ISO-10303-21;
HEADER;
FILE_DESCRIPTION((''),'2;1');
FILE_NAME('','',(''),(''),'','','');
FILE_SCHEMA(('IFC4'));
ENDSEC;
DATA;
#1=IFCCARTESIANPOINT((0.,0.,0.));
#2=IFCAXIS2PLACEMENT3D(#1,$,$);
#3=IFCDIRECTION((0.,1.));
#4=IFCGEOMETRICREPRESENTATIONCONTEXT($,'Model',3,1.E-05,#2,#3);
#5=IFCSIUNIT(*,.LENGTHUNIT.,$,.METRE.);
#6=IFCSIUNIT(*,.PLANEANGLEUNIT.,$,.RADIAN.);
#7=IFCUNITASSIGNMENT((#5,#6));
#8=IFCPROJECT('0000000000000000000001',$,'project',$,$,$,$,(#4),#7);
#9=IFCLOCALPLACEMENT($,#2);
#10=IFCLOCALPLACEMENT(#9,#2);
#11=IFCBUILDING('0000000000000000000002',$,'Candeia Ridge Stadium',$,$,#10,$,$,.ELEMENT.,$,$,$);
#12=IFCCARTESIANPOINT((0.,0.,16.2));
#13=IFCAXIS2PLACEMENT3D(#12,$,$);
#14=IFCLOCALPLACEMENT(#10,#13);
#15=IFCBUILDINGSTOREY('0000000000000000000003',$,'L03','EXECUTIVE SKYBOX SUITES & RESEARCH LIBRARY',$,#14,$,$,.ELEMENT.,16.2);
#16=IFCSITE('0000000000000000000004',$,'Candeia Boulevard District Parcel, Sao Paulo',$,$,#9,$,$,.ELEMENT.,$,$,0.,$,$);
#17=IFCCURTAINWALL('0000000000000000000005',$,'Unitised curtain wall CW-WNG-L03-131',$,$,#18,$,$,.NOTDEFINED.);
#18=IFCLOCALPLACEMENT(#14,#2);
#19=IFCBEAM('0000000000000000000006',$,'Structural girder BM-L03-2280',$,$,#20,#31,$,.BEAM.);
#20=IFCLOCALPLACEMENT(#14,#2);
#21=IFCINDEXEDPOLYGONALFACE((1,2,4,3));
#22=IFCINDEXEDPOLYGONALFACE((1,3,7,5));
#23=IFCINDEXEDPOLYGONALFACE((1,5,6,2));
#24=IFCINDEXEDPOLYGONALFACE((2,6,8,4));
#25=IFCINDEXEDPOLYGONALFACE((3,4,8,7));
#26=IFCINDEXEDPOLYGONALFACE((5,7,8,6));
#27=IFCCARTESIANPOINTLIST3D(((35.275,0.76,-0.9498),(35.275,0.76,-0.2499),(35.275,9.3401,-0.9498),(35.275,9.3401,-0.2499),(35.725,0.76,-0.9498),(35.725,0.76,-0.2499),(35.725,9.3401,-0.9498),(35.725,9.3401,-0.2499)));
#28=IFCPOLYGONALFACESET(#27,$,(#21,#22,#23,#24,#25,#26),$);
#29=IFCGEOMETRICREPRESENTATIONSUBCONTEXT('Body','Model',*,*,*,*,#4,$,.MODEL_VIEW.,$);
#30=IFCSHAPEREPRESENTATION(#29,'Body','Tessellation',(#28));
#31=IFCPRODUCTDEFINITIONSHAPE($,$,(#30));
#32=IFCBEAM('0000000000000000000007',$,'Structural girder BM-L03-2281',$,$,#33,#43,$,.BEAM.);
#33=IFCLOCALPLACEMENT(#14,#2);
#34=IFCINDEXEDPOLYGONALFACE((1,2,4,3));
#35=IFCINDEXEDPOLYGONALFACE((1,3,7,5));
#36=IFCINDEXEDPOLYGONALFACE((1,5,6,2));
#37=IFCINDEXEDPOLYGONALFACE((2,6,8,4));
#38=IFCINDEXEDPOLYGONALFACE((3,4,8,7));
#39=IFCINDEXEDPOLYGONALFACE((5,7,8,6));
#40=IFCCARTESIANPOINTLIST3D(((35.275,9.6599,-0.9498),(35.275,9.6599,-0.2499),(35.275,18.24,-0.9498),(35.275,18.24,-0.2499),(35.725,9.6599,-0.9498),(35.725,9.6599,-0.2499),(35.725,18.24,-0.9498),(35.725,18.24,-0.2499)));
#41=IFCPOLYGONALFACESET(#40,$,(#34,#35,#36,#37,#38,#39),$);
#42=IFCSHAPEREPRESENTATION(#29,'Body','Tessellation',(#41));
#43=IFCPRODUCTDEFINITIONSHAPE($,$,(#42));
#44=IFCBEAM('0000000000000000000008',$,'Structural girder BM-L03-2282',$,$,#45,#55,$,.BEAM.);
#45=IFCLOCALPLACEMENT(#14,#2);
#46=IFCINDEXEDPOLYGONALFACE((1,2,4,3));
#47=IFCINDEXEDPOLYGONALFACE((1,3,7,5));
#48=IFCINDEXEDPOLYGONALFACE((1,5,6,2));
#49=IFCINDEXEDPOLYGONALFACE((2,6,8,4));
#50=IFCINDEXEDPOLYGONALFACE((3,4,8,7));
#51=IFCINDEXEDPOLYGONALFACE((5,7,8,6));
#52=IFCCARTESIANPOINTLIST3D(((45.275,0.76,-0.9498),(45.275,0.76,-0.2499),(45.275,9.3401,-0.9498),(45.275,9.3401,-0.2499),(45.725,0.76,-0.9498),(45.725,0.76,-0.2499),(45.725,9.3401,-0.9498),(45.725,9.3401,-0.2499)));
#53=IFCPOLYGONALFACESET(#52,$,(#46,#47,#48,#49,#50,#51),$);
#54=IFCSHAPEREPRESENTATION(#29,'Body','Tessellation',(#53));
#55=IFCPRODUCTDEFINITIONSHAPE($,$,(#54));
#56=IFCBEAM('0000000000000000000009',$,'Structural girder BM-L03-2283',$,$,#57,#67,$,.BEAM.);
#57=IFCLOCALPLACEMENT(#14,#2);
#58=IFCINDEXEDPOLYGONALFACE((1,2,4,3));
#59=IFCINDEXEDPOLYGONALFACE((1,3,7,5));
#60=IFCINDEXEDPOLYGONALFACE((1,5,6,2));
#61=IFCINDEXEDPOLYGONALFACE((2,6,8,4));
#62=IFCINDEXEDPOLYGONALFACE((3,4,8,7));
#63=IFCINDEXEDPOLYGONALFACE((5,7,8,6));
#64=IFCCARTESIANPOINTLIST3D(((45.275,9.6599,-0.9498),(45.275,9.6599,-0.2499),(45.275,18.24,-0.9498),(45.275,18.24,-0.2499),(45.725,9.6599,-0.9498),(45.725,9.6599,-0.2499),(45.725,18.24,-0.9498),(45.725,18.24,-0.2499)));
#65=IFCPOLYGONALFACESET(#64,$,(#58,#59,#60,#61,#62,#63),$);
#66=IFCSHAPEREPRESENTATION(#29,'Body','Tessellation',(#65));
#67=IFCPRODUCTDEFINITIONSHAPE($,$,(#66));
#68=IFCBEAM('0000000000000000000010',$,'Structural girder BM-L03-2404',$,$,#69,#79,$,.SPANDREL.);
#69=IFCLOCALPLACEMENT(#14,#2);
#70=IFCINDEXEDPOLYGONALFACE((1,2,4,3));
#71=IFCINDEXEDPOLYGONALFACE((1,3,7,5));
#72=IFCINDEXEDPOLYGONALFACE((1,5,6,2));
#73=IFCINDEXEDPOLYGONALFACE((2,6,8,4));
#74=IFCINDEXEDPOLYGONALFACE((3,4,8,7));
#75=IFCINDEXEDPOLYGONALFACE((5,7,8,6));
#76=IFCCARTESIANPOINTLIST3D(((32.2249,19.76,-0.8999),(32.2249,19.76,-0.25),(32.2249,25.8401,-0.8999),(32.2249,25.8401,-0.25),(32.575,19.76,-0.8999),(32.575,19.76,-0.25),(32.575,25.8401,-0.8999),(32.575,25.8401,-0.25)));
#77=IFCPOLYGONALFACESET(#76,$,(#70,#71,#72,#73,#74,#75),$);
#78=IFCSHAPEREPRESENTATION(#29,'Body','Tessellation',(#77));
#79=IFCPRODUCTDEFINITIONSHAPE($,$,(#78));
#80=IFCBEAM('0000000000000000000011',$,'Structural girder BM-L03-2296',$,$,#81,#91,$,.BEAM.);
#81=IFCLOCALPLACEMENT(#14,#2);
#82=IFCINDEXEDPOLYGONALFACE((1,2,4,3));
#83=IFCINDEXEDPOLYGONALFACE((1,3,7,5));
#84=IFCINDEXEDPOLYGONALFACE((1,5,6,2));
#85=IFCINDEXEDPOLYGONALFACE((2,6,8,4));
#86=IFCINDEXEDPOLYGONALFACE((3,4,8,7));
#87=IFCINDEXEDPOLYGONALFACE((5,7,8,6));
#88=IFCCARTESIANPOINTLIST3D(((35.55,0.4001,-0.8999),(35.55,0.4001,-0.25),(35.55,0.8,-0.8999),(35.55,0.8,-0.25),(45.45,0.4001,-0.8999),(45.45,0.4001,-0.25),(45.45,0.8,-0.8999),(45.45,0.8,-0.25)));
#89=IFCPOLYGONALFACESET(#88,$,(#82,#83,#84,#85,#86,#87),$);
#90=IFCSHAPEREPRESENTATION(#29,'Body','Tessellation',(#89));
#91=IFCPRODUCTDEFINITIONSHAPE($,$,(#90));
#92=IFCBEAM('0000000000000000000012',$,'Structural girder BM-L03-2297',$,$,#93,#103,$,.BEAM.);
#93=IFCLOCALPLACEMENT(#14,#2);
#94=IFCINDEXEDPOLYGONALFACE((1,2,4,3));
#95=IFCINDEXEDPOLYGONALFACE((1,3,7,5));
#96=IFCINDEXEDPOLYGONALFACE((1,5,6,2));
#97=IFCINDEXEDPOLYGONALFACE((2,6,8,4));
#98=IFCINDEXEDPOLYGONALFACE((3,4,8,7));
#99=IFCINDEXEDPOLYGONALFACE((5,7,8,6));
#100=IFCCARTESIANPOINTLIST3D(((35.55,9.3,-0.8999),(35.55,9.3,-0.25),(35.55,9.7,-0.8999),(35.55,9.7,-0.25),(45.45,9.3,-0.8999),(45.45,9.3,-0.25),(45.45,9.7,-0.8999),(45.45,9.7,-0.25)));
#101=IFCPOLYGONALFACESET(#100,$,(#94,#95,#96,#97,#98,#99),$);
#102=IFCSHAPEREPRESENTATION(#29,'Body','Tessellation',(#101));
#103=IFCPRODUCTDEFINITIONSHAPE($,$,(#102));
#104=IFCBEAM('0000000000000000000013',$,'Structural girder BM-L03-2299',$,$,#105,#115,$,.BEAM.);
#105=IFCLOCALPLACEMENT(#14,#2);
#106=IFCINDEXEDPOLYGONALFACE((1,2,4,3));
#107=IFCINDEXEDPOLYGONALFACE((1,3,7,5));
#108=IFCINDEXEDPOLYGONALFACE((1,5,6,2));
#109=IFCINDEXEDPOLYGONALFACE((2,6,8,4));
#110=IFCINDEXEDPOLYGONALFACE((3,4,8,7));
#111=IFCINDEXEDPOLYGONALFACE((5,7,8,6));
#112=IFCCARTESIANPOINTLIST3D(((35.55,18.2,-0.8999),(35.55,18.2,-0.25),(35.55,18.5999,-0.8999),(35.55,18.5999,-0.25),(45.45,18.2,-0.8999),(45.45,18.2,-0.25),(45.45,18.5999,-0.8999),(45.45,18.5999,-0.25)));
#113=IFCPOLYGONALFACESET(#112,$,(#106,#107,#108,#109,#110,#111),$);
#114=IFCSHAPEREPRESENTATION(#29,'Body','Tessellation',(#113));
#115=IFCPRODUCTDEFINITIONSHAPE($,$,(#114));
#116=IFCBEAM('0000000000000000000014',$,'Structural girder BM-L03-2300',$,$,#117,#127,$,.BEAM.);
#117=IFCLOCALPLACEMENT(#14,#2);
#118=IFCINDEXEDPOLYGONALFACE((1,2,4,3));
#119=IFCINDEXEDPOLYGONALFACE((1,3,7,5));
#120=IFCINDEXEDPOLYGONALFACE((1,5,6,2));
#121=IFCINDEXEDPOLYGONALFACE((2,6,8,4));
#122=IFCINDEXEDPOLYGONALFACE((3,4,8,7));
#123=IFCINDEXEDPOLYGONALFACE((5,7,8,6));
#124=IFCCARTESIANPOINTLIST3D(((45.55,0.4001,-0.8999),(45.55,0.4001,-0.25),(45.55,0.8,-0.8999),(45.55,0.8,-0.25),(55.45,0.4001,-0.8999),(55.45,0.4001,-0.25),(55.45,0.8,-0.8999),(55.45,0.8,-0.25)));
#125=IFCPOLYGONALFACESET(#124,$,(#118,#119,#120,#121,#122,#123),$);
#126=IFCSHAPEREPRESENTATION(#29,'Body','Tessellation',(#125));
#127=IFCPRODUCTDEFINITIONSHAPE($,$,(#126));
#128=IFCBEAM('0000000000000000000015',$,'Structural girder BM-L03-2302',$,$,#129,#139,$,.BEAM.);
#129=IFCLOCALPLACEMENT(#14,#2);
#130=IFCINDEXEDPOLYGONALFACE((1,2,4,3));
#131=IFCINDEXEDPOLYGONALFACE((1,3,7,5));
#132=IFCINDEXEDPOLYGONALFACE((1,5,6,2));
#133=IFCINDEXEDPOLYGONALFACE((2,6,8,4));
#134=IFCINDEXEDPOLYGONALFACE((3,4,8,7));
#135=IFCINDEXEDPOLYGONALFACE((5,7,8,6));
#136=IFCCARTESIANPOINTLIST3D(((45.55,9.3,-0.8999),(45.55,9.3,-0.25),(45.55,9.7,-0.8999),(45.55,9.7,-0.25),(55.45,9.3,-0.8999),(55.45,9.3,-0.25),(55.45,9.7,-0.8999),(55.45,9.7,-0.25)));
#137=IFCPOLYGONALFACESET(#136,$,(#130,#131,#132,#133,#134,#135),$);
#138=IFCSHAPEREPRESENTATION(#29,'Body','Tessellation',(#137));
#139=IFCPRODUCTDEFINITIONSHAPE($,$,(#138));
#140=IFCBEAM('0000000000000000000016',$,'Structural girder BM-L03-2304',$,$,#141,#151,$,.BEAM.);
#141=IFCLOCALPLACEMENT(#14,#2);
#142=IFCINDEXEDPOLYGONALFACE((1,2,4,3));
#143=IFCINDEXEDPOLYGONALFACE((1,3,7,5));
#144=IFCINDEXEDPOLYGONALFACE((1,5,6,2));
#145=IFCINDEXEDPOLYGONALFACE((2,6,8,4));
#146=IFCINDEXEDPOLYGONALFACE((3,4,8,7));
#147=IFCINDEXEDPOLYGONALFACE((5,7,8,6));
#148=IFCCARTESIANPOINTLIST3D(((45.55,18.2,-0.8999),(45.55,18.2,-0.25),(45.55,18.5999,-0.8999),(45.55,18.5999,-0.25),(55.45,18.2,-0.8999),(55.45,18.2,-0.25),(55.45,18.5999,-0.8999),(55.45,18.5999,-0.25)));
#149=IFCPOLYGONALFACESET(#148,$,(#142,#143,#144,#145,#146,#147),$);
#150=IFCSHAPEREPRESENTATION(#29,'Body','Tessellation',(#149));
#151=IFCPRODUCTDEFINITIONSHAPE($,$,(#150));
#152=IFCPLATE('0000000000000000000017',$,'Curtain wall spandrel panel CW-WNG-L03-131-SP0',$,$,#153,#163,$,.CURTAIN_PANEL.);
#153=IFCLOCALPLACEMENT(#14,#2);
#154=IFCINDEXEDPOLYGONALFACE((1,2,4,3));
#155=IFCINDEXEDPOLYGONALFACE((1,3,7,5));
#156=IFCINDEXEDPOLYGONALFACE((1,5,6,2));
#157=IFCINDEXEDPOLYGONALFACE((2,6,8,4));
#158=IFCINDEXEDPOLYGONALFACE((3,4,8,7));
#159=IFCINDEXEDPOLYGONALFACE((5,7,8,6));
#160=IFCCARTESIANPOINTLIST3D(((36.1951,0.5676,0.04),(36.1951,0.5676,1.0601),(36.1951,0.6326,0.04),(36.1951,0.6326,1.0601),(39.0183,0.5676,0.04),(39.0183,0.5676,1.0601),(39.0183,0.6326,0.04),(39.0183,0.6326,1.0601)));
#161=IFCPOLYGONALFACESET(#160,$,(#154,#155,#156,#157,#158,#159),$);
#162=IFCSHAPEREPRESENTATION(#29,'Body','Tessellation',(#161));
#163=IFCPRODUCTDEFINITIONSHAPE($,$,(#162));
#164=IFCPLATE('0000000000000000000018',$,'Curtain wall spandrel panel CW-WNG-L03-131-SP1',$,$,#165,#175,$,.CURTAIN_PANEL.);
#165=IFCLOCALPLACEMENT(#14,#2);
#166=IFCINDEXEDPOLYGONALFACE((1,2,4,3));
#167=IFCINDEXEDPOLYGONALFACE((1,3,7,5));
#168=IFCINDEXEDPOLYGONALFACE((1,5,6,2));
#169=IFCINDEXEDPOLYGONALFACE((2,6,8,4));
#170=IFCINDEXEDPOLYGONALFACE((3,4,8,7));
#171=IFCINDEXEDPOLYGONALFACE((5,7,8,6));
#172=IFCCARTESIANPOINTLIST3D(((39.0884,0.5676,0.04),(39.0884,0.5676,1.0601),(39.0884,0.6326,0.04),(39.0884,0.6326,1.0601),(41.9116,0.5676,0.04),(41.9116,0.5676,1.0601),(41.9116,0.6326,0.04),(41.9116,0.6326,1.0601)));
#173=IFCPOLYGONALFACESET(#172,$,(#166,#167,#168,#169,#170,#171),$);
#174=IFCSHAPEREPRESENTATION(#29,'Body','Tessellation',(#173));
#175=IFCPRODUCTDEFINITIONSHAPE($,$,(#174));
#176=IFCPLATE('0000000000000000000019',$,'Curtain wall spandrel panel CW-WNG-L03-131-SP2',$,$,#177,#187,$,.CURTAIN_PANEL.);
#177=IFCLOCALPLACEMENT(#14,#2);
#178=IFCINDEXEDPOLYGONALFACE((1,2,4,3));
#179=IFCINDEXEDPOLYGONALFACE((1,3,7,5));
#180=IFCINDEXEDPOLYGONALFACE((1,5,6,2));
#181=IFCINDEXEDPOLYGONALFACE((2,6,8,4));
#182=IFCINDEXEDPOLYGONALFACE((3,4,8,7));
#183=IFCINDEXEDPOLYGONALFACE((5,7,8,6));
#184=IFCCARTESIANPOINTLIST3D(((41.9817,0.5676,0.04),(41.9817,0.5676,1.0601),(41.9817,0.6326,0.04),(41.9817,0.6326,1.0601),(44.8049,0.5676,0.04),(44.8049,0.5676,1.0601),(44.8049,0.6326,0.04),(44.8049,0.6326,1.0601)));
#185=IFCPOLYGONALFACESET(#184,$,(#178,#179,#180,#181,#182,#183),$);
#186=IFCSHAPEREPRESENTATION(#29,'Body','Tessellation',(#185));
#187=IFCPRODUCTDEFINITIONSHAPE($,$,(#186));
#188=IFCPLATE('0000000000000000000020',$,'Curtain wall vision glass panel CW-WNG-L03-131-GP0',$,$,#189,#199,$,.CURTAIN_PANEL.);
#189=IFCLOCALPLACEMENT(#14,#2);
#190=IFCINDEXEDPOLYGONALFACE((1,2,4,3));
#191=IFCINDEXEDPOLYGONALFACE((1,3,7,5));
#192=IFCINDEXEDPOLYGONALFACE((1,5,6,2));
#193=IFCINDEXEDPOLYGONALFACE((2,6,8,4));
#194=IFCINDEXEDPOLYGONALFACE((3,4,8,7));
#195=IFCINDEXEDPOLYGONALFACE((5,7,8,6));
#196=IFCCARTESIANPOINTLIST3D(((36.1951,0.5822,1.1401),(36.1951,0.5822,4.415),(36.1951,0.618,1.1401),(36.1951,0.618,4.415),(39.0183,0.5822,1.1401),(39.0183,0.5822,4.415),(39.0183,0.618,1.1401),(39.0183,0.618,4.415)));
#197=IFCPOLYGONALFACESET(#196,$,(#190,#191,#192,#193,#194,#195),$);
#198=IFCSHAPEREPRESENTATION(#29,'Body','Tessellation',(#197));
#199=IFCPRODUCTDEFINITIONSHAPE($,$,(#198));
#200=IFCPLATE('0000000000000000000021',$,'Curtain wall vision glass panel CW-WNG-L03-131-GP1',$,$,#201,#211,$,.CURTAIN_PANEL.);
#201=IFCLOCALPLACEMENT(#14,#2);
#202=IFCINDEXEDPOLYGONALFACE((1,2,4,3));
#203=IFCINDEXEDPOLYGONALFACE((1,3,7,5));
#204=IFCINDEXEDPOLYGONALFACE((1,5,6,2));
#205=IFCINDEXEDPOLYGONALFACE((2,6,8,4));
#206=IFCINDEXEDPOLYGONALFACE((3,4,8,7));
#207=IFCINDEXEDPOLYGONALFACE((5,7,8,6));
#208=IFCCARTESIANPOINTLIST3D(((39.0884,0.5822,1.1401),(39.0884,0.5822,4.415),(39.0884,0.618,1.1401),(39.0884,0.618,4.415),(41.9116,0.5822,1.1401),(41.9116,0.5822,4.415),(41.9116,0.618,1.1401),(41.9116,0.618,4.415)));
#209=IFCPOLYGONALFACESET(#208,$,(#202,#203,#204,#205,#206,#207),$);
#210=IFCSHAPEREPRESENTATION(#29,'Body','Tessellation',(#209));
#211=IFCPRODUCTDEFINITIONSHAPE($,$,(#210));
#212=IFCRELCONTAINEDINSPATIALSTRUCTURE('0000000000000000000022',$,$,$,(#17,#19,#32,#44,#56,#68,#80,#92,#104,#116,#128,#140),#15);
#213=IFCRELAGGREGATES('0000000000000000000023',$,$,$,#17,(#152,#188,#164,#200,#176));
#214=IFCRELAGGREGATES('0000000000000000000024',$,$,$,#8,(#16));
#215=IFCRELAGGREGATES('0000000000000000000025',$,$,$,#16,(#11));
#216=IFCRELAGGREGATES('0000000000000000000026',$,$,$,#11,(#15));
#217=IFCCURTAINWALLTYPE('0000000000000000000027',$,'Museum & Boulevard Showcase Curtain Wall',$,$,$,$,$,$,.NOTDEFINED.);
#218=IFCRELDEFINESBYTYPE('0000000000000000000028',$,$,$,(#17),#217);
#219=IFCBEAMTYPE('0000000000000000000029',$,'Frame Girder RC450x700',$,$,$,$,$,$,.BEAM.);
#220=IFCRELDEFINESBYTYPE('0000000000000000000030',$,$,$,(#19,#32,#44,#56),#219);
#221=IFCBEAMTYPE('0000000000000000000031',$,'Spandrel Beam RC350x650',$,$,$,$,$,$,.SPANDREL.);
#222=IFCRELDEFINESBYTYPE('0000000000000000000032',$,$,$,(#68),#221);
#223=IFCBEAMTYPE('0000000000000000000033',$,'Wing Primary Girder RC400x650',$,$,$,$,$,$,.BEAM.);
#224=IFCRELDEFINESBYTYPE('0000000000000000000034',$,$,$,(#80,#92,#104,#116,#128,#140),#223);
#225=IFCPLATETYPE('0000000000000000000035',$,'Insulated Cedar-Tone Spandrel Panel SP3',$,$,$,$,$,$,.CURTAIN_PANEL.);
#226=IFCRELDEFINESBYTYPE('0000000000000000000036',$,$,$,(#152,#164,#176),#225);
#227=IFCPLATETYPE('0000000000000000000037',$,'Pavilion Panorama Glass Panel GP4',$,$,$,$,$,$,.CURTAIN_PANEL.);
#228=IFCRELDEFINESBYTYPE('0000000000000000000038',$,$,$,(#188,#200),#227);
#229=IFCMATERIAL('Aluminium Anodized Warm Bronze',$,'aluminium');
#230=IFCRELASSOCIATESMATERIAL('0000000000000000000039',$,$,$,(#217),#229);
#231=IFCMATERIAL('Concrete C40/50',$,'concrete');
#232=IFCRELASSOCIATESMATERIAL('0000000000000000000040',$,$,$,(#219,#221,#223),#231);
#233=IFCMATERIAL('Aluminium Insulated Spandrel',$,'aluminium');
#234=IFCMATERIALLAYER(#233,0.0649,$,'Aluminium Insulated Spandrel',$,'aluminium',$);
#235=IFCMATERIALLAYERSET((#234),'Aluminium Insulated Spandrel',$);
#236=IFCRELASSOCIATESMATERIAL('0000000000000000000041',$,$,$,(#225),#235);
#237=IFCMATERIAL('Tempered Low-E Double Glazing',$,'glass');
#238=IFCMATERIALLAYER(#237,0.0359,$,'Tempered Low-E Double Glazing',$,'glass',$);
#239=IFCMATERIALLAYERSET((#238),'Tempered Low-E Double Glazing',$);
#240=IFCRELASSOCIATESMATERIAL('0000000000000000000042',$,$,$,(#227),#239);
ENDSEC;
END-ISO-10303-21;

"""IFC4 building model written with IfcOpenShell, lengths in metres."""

from ifc_helpers import new_model, si_unit, direction, frame, origin, origin_2d, place, context, subcontext, project, spatial, rectangle, extrude, material, layer, layer_set, material_profile, profile_set, type_object, element, aggregate, save


model = new_model("IFC4")

# Units and contexts
model_context = context("Model", 3, precision=1e-05, world=origin(), true_north=direction((0.0, 1.0)))
body_context = subcontext(model_context, "Body", "Model", "MODEL_VIEW")
ifc_project = project(units=[si_unit("LENGTHUNIT", "METRE"), si_unit("PLANEANGLEUNIT", "RADIAN")], contexts=[model_context])

# Site, building, storey
site_placement = place(None, origin())
site = spatial("IfcSite", under=ifc_project, at=site_placement, Name="Candeia Boulevard District Parcel, Sao Paulo", CompositionType="ELEMENT", RefElevation=0.0)
building_placement = place(site_placement, origin())
building = spatial("IfcBuilding", under=site, at=building_placement, Name="Candeia Ridge Stadium", CompositionType="ELEMENT")
storey_placement = place(building_placement, frame((0.0, 0.0, 16.2)))
storey = spatial("IfcBuildingStorey", under=building, at=storey_placement, Name="L03", Description="EXECUTIVE SKYBOX SUITES & RESEARCH LIBRARY", CompositionType="ELEMENT", Elevation=16.2)

# Shared definitions
ifc_material_1 = material(Name="Concrete C40/50", Category="concrete")

# Curtain wall
ifc_material_2 = material(Name="Aluminium Anodized Warm Bronze", Category="aluminium")
curtain_wall_type = type_object("IfcCurtainWallType", Name="Museum & Boulevard Showcase Curtain Wall", PredefinedType="NOTDEFINED", material=ifc_material_2)
curtain_wall_placement = place(storey_placement, origin())
curtain_wall = element("IfcCurtainWall", 1, at=curtain_wall_placement, inside=storey, type_object=curtain_wall_type, Name="Unitised curtain wall CW-WNG-L03-131", PredefinedType="NOTDEFINED")

# Beams
ifc_material_profile_1 = material_profile(ifc_material_1, rectangle(XDim=0.45, YDim=0.7, at=origin_2d()), Name="RC450x700", Category="concrete")
ifc_profile_set_1 = profile_set([ifc_material_profile_1], Name="Concrete C40/50")
beam_type_1 = type_object("IfcBeamType", Name="Frame Girder RC450x700", PredefinedType="BEAM", material=ifc_profile_set_1)
for number, where, z_axis, x_axis, name in (
    (2, (35.5, 0.76, -0.5999), (0.0, 1.0, 0.0), (-1.0, 0.0, 0.0), "Structural girder BM-L03-2280"),
    (3, (35.5, 9.6599, -0.5999), (0.0, 1.0, 0.0), (-1.0, 0.0, 0.0), "Structural girder BM-L03-2281"),
    (4, (45.5, 0.76, -0.5999), (0.0, 1.0, 0.0), (-1.0, 0.0, 0.0), "Structural girder BM-L03-2282"),
    (5, (45.5, 9.6599, -0.5999), (0.0, 1.0, 0.0), (-1.0, 0.0, 0.0), "Structural girder BM-L03-2283"),
):
    element("IfcBeam", number, at=place(storey_placement, frame(where, z_axis=z_axis, x_axis=x_axis)), inside=storey, type_object=beam_type_1, Name=name, PredefinedType="BEAM", context=body_context, shape_type="SweptSolid", body=[
        extrude(rectangle(XDim=0.45, YDim=0.7, at=origin_2d()), origin(), (0.0, 0.0, 1.0), 8.5801),
    ])
ifc_material_profile_2 = material_profile(ifc_material_1, rectangle(XDim=0.3501, YDim=0.6499, at=origin_2d()), Name="RC350x650", Category="concrete")
ifc_profile_set_2 = profile_set([ifc_material_profile_2], Name="Concrete C40/50")
beam_type_2 = type_object("IfcBeamType", Name="Spandrel Beam RC350x650", PredefinedType="SPANDREL", material=ifc_profile_set_2)
beam_1_placement = place(storey_placement, frame((32.3999, 19.76, -0.575), z_axis=(0.0, 1.0, 0.0), x_axis=(-1.0, 0.0, 0.0)))
element("IfcBeam", 6, at=beam_1_placement, inside=storey, type_object=beam_type_2, Name="Structural girder BM-L03-2404", PredefinedType="SPANDREL", context=body_context, shape_type="SweptSolid", body=[
    extrude(rectangle(XDim=0.3501, YDim=0.6499, at=origin_2d()), origin(), (0.0, 0.0, 1.0), 6.0801),
])
ifc_material_profile_3 = material_profile(ifc_material_1, rectangle(XDim=0.3999, YDim=0.6499, at=origin_2d()), Name="RC400x650", Category="concrete")
ifc_profile_set_3 = profile_set([ifc_material_profile_3], Name="Concrete C40/50")
beam_type_3 = type_object("IfcBeamType", Name="Wing Primary Girder RC400x650", PredefinedType="BEAM", material=ifc_profile_set_3)
for number, where, z_axis, x_axis, name in (
    (7, (35.55, 0.6001, -0.575), (1.0, 0.0, 0.0), (0.0, 1.0, 0.0), "Structural girder BM-L03-2296"),
    (8, (35.55, 9.5, -0.575), (1.0, 0.0, 0.0), (0.0, 1.0, 0.0), "Structural girder BM-L03-2297"),
    (9, (35.55, 18.3999, -0.575), (1.0, 0.0, 0.0), (0.0, 1.0, 0.0), "Structural girder BM-L03-2299"),
    (10, (45.55, 0.6001, -0.575), (1.0, 0.0, 0.0), (0.0, 1.0, 0.0), "Structural girder BM-L03-2300"),
    (11, (45.55, 9.5, -0.575), (1.0, 0.0, 0.0), (0.0, 1.0, 0.0), "Structural girder BM-L03-2302"),
    (12, (45.55, 18.3999, -0.575), (1.0, 0.0, 0.0), (0.0, 1.0, 0.0), "Structural girder BM-L03-2304"),
):
    element("IfcBeam", number, at=place(storey_placement, frame(where, z_axis=z_axis, x_axis=x_axis)), inside=storey, type_object=beam_type_3, Name=name, PredefinedType="BEAM", context=body_context, shape_type="SweptSolid", body=[
        extrude(rectangle(XDim=0.3999, YDim=0.6499, at=origin_2d()), origin(), (0.0, 0.0, 1.0), 9.8999),
    ])

# Plates
ifc_material_3 = material(Name="Aluminium Insulated Spandrel", Category="aluminium")
ifc_layer_1 = layer(ifc_material_3, 0.0649, Name="Aluminium Insulated Spandrel", Category="aluminium")
ifc_layer_set_1 = layer_set([ifc_layer_1], Name="Aluminium Insulated Spandrel")
plate_type_1 = type_object("IfcPlateType", Name="Insulated Cedar-Tone Spandrel Panel SP3", PredefinedType="CURTAIN_PANEL", material=ifc_layer_set_1)
plate_1_placement = place(storey_placement, frame((37.6067, 0.6001, 0.04), z_axis=(0.0, 0.0, 1.0), x_axis=(1.0, 0.0, 0.0)))
plate_1 = element("IfcPlate", 13, at=plate_1_placement, type_object=plate_type_1, Name="Curtain wall spandrel panel CW-WNG-L03-131-SP0", PredefinedType="CURTAIN_PANEL", context=body_context, shape_type="SweptSolid", body=[
    extrude(rectangle(XDim=2.8232, YDim=0.0649, at=origin_2d()), origin(), (0.0, 0.0, 1.0), 1.02),
])
plate_2_placement = place(storey_placement, frame((40.5, 0.6001, 0.04), z_axis=(0.0, 0.0, 1.0), x_axis=(1.0, 0.0, 0.0)))
plate_2 = element("IfcPlate", 14, at=plate_2_placement, type_object=plate_type_1, Name="Curtain wall spandrel panel CW-WNG-L03-131-SP1", PredefinedType="CURTAIN_PANEL", context=body_context, shape_type="SweptSolid", body=[
    extrude(rectangle(XDim=2.8232, YDim=0.0649, at=origin_2d()), origin(), (0.0, 0.0, 1.0), 1.02),
])
plate_3_placement = place(storey_placement, frame((43.3933, 0.6001, 0.04), z_axis=(0.0, 0.0, 1.0), x_axis=(1.0, 0.0, 0.0)))
plate_3 = element("IfcPlate", 15, at=plate_3_placement, type_object=plate_type_1, Name="Curtain wall spandrel panel CW-WNG-L03-131-SP2", PredefinedType="CURTAIN_PANEL", context=body_context, shape_type="SweptSolid", body=[
    extrude(rectangle(XDim=2.8232, YDim=0.0649, at=origin_2d()), origin(), (0.0, 0.0, 1.0), 1.02),
])
ifc_material_4 = material(Name="Tempered Low-E Double Glazing", Category="glass")
ifc_layer_2 = layer(ifc_material_4, 0.0359, Name="Tempered Low-E Double Glazing", Category="glass")
ifc_layer_set_2 = layer_set([ifc_layer_2], Name="Tempered Low-E Double Glazing")
plate_type_2 = type_object("IfcPlateType", Name="Pavilion Panorama Glass Panel GP4", PredefinedType="CURTAIN_PANEL", material=ifc_layer_set_2)
plate_4_placement = place(storey_placement, frame((37.6067, 0.6001, 1.1401), z_axis=(0.0, 0.0, 1.0), x_axis=(1.0, 0.0, 0.0)))
plate_4 = element("IfcPlate", 16, at=plate_4_placement, type_object=plate_type_2, Name="Curtain wall vision glass panel CW-WNG-L03-131-GP0", PredefinedType="CURTAIN_PANEL", context=body_context, shape_type="SweptSolid", body=[
    extrude(rectangle(XDim=2.8232, YDim=0.0359, at=origin_2d()), origin(), (0.0, 0.0, 1.0), 3.2749),
])
plate_5_placement = place(storey_placement, frame((40.5, 0.6001, 1.1401), z_axis=(0.0, 0.0, 1.0), x_axis=(1.0, 0.0, 0.0)))
plate_5 = element("IfcPlate", 17, at=plate_5_placement, type_object=plate_type_2, Name="Curtain wall vision glass panel CW-WNG-L03-131-GP1", PredefinedType="CURTAIN_PANEL", context=body_context, shape_type="SweptSolid", body=[
    extrude(rectangle(XDim=2.8232, YDim=0.0359, at=origin_2d()), origin(), (0.0, 0.0, 1.0), 3.2749),
])
aggregate(curtain_wall, [plate_1, plate_4, plate_2, plate_5, plate_3])

save(model, "model.ifc")
